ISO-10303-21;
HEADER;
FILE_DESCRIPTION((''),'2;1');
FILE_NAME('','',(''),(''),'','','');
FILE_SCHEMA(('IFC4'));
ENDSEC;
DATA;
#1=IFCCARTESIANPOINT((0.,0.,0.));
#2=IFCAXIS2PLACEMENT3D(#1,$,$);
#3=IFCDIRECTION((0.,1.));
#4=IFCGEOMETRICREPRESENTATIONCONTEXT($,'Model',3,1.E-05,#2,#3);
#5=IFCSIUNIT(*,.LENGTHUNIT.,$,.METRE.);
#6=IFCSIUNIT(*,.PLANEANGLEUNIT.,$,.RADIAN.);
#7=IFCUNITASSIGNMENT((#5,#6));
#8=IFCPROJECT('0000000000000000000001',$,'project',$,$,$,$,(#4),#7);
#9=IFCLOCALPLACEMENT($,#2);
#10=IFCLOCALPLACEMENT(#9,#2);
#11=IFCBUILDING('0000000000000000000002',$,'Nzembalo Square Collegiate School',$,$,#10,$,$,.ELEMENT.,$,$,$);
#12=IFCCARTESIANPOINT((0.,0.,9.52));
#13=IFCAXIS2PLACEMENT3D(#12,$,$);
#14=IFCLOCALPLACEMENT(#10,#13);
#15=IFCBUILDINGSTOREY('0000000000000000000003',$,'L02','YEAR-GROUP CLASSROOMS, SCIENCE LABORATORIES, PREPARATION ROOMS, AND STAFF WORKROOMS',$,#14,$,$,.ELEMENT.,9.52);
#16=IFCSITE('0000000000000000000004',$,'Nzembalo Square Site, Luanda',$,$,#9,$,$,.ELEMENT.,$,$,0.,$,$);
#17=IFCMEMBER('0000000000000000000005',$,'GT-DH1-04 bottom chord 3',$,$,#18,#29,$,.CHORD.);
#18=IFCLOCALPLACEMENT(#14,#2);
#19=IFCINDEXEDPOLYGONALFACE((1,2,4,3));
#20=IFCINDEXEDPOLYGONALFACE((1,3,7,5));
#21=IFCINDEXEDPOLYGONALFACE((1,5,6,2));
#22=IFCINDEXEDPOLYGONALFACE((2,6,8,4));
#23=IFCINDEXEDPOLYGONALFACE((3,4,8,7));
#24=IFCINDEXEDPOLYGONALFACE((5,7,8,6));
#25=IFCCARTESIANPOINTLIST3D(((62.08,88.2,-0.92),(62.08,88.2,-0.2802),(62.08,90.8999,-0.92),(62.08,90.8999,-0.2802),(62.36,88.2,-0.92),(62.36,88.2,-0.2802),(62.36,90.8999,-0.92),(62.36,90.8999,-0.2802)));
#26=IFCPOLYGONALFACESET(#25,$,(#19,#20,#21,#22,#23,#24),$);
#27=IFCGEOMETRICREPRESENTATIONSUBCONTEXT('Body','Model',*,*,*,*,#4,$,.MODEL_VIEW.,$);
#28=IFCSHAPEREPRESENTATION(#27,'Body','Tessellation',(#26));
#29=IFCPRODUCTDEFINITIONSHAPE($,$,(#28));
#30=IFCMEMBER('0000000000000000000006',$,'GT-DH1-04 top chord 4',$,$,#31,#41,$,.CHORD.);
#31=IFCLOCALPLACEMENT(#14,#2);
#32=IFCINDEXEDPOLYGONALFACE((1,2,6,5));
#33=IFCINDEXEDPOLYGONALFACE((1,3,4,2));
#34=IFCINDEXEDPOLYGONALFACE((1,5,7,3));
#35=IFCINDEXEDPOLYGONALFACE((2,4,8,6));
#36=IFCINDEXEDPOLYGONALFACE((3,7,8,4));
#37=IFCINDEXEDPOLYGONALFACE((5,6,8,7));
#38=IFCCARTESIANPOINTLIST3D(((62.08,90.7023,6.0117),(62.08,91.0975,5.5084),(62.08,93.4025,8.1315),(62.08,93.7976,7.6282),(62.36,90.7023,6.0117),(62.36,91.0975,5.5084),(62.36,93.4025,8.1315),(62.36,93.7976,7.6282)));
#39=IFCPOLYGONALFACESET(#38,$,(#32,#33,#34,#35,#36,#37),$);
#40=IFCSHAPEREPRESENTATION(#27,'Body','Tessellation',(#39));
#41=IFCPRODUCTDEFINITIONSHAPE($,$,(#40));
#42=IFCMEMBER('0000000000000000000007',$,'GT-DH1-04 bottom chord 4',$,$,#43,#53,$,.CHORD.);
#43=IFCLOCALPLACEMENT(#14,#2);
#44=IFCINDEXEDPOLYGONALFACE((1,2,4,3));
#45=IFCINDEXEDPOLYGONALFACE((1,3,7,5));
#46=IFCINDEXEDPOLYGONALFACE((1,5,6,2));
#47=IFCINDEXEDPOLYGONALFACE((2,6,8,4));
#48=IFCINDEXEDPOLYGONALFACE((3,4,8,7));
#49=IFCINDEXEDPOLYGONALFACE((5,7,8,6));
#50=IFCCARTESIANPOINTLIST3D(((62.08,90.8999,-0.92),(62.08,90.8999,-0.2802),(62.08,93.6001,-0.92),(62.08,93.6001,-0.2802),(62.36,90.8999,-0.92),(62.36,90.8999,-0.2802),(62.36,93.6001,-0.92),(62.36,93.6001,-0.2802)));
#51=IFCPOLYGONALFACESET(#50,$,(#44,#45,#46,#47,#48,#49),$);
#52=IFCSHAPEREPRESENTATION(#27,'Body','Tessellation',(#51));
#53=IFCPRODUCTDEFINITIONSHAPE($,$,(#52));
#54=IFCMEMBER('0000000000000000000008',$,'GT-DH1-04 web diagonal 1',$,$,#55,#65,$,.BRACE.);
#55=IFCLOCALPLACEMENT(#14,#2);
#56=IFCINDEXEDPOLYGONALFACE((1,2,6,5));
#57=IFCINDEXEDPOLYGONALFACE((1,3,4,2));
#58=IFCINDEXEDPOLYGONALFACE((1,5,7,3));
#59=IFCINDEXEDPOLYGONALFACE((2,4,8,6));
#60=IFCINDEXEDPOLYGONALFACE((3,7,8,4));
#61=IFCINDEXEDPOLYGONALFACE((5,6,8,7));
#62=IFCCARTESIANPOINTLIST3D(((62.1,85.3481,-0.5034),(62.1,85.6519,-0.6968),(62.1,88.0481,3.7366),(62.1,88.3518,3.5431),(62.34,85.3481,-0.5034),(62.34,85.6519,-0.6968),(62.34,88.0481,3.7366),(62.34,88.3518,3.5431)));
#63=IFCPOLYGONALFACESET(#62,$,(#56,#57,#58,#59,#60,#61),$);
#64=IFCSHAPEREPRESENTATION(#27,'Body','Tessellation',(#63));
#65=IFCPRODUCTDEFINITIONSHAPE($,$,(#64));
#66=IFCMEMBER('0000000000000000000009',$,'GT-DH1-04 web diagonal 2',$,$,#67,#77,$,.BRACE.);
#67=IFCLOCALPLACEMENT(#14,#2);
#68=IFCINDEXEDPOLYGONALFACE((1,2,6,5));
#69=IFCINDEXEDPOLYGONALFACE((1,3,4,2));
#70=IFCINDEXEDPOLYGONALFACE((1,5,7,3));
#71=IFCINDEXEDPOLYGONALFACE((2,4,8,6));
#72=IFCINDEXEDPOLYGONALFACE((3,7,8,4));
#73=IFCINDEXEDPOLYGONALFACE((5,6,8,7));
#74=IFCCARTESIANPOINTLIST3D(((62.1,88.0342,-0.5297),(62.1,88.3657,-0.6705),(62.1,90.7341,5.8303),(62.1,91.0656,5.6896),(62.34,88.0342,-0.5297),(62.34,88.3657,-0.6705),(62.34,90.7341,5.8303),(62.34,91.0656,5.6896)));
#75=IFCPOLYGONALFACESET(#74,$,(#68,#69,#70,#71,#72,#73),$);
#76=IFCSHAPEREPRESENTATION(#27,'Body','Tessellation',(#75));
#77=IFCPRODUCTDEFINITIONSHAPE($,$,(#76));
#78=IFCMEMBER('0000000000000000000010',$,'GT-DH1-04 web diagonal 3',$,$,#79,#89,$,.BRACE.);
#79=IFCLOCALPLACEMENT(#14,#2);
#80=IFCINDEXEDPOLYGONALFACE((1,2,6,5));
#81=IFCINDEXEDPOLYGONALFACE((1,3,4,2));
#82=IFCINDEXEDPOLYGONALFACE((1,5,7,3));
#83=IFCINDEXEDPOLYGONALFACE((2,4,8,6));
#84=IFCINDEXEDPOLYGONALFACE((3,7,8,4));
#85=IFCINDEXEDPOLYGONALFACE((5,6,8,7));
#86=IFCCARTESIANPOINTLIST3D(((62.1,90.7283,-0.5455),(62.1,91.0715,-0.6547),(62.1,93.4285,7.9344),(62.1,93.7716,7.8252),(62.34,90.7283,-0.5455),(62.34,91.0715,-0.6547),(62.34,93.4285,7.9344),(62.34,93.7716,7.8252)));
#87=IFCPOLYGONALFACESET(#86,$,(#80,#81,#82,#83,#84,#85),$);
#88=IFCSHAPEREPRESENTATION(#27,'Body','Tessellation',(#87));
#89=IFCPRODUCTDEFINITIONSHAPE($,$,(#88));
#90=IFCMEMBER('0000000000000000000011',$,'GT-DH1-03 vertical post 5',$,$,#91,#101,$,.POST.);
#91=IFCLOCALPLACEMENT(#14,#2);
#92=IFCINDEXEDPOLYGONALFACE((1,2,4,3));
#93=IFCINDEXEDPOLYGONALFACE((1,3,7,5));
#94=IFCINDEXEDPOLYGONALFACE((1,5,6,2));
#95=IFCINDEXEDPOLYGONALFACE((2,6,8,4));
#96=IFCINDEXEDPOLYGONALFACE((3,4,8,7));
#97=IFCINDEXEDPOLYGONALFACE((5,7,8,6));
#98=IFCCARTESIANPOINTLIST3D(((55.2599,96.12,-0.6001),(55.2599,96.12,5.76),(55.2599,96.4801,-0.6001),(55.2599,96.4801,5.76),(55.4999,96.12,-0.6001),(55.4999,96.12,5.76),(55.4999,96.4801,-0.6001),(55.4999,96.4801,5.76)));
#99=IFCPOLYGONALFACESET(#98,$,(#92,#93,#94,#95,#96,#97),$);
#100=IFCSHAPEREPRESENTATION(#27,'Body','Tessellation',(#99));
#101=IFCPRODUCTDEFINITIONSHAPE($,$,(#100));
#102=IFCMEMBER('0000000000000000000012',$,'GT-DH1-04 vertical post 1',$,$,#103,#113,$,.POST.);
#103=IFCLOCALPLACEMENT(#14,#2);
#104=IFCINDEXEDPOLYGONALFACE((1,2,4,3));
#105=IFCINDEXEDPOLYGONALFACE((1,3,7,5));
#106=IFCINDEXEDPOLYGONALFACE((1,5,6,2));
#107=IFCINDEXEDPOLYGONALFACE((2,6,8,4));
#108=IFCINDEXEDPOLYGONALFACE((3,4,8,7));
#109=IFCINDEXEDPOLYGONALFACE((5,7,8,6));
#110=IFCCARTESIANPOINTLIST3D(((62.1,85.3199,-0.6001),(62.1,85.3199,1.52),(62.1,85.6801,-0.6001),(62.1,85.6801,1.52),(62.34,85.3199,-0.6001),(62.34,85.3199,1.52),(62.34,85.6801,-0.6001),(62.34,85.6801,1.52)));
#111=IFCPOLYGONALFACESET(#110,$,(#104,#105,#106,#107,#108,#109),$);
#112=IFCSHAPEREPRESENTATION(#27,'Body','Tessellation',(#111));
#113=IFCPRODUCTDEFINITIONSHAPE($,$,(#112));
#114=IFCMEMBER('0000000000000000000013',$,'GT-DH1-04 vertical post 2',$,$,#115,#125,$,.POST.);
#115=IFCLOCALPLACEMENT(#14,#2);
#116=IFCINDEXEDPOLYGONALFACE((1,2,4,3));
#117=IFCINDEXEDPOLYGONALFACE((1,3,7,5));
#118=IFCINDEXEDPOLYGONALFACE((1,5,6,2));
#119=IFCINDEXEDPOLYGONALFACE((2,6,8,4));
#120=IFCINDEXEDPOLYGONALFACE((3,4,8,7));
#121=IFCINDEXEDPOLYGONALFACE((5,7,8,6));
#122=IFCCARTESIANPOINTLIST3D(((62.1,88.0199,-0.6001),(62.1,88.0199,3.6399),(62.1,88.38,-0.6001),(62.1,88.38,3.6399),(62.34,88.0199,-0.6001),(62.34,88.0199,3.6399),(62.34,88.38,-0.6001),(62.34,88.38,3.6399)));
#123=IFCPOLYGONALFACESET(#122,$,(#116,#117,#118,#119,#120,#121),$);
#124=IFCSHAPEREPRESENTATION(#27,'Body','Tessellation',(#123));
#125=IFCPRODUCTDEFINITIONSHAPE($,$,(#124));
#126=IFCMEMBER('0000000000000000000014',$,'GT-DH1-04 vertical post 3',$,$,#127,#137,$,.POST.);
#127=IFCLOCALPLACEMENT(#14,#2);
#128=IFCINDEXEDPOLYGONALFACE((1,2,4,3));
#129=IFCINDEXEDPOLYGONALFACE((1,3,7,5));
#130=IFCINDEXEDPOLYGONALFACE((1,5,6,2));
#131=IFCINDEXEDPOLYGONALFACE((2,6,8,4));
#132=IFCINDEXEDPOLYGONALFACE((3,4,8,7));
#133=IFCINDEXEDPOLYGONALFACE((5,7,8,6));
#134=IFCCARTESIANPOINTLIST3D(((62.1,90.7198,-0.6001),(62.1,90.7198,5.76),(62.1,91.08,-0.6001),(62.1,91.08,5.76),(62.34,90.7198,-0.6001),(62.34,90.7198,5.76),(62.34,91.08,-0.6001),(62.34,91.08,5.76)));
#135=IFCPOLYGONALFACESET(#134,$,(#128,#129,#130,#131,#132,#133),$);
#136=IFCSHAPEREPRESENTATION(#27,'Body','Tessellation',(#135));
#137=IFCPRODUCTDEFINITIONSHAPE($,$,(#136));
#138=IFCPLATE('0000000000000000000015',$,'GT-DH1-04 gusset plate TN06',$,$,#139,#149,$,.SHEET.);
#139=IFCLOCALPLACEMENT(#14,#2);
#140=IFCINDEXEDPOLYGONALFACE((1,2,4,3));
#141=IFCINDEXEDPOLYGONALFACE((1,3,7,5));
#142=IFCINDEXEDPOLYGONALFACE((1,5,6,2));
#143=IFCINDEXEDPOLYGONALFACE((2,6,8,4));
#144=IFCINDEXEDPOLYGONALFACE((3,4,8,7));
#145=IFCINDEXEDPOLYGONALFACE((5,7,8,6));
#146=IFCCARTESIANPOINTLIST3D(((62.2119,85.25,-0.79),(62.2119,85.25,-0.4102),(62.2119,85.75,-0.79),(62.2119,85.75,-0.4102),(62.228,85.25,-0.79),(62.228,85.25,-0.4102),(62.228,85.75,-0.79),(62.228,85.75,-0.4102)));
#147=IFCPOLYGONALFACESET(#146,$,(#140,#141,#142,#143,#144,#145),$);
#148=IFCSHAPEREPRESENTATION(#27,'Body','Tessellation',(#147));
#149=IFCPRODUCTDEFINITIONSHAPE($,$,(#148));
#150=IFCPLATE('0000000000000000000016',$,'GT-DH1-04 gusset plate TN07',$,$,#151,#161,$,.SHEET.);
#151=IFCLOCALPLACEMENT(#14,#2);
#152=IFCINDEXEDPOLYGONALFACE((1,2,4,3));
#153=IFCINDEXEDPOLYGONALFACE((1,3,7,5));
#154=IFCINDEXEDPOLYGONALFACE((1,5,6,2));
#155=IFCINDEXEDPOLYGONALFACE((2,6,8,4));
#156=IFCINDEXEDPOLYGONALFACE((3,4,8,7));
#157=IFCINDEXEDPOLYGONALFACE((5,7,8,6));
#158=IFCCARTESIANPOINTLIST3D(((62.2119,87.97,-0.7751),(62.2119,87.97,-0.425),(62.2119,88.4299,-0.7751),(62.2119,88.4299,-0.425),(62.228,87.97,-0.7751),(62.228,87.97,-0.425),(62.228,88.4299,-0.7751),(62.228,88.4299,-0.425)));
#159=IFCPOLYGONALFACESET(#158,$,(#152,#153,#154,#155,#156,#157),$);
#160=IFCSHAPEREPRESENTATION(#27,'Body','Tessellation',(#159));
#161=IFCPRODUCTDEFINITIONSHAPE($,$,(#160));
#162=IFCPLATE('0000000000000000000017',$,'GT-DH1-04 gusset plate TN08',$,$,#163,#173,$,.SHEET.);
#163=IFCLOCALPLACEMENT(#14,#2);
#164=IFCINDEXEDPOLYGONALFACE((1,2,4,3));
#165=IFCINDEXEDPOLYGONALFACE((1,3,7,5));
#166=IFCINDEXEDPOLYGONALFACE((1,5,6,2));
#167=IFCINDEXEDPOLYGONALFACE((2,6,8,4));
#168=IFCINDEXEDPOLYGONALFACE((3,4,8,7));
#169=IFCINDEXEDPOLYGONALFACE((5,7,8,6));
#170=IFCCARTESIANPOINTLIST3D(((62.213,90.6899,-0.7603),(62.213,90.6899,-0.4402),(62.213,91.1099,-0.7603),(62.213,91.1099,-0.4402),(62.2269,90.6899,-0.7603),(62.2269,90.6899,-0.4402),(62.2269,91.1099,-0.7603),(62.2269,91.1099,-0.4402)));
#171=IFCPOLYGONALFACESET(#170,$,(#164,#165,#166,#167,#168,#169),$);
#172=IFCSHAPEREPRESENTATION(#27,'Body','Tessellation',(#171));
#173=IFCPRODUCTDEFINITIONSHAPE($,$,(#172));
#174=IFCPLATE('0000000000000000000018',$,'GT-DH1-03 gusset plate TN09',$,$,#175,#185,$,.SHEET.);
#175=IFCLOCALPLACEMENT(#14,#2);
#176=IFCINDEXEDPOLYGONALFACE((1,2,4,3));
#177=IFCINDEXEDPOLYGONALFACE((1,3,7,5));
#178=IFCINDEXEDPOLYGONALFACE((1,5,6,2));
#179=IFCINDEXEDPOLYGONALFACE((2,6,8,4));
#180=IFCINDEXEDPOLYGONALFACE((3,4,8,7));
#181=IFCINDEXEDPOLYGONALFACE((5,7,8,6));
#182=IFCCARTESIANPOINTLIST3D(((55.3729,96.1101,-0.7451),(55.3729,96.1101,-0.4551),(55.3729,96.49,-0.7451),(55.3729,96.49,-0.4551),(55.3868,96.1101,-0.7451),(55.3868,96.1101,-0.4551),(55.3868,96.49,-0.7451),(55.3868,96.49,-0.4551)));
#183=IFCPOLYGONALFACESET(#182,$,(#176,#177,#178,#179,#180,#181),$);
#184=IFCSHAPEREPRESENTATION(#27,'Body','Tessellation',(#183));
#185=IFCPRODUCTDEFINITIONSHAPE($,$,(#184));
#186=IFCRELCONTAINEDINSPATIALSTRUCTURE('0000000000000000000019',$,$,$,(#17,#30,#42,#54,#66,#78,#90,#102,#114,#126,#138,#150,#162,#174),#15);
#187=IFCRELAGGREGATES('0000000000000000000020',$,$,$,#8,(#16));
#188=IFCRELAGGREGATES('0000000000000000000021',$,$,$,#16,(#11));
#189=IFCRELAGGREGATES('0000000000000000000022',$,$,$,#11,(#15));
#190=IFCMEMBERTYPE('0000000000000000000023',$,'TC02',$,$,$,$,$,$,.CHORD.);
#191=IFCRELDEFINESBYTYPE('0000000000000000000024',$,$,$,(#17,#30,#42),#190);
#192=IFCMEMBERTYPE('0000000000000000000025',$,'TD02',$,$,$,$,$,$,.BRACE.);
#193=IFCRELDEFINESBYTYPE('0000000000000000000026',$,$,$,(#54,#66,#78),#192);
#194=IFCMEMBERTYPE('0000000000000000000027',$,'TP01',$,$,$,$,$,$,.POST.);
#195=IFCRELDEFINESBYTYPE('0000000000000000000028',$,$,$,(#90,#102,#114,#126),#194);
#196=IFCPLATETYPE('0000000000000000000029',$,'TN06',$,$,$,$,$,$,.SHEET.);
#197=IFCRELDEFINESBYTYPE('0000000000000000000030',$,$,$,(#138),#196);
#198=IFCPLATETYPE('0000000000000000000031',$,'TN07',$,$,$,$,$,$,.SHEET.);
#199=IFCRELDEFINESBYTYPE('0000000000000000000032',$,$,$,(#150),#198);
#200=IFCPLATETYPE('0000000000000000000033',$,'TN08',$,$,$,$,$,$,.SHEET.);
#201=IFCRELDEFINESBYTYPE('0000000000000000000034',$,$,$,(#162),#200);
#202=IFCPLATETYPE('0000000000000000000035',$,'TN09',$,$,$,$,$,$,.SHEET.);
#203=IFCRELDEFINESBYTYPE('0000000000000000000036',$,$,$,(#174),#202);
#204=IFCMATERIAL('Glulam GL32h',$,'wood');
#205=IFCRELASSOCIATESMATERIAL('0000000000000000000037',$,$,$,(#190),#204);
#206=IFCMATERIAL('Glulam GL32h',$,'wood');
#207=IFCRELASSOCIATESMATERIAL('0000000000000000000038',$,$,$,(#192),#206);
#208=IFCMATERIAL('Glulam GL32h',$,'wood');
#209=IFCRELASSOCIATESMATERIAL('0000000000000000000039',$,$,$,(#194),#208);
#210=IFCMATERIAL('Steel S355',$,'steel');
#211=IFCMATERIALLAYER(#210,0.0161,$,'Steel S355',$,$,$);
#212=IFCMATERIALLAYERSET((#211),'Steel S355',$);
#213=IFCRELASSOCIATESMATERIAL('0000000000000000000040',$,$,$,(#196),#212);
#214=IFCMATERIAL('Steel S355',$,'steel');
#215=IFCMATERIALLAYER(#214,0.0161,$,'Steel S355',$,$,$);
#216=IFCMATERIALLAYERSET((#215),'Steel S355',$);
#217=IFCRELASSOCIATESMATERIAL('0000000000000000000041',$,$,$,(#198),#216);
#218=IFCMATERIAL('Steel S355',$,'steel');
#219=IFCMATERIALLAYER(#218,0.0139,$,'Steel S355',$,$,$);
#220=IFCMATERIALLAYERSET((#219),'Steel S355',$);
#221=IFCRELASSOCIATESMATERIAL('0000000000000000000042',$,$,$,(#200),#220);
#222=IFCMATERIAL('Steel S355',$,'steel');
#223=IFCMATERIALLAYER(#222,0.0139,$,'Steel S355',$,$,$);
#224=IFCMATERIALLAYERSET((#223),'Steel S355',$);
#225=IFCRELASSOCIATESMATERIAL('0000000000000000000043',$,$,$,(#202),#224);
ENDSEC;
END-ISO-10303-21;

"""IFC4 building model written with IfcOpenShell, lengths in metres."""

from ifc_helpers import new_model, si_unit, direction, frame, origin, origin_2d, place, context, subcontext, project, spatial, rectangle, extrude, material, layer, layer_set, material_profile, profile_set, type_object, element, save


model = new_model("IFC4")

# Units and contexts
model_context = context("Model", 3, precision=1e-05, world=origin(), true_north=direction((0.0, 1.0)))
body_context = subcontext(model_context, "Body", "Model", "MODEL_VIEW")
ifc_project = project(units=[si_unit("LENGTHUNIT", "METRE"), si_unit("PLANEANGLEUNIT", "RADIAN")], contexts=[model_context])

# Site, building, storey
site_placement = place(None, origin())
site = spatial("IfcSite", under=ifc_project, at=site_placement, Name="Nzembalo Square Site, Luanda", CompositionType="ELEMENT", RefElevation=0.0)
building_placement = place(site_placement, origin())
building = spatial("IfcBuilding", under=site, at=building_placement, Name="Nzembalo Square Collegiate School", CompositionType="ELEMENT")
storey_placement = place(building_placement, frame((0.0, 0.0, 9.52)))
storey = spatial("IfcBuildingStorey", under=building, at=storey_placement, Name="L02", Description="YEAR-GROUP CLASSROOMS, SCIENCE LABORATORIES, PREPARATION ROOMS, AND STAFF WORKROOMS", CompositionType="ELEMENT", Elevation=9.52)

# Members
ifc_material_1 = material(Name="Glulam GL32h", Category="wood")
ifc_material_profile_1 = material_profile(ifc_material_1, rectangle(XDim=0.28, YDim=0.6399, at=origin_2d()), Name="GL32h 280x640")
ifc_profile_set_1 = profile_set([ifc_material_profile_1], Name="Glulam GL32h")
member_type_1 = type_object("IfcMemberType", Name="TC02", PredefinedType="CHORD", material=ifc_profile_set_1)
member_1_placement = place(storey_placement, frame((62.22, 88.2, -0.6001), z_axis=(0.0, 1.0, 0.0), x_axis=(-1.0, 0.0, 0.0)))
element("IfcMember", 1, at=member_1_placement, inside=storey, type_object=member_type_1, Name="GT-DH1-04 bottom chord 3", PredefinedType="CHORD", context=body_context, shape_type="SweptSolid", body=[
    extrude(rectangle(XDim=0.28, YDim=0.6399, at=origin_2d()), origin(), (0.0, 0.0, 1.0), 2.7),
])
member_2_placement = place(storey_placement, frame((62.22, 90.8999, 5.76), z_axis=(0.0, 0.78656, 0.617514), x_axis=(-1.0, 0.0, 0.0)))
element("IfcMember", 2, at=member_2_placement, inside=storey, type_object=member_type_1, Name="GT-DH1-04 top chord 4", PredefinedType="CHORD", context=body_context, shape_type="SweptSolid", body=[
    extrude(rectangle(XDim=0.28, YDim=0.6399, at=origin_2d()), origin(), (0.0, 0.0, 1.0), 3.4329),
])
member_3_placement = place(storey_placement, frame((62.22, 90.8999, -0.6001), z_axis=(0.0, 1.0, 0.0), x_axis=(-1.0, 0.0, 0.0)))
element("IfcMember", 3, at=member_3_placement, inside=storey, type_object=member_type_1, Name="GT-DH1-04 bottom chord 4", PredefinedType="CHORD", context=body_context, shape_type="SweptSolid", body=[
    extrude(rectangle(XDim=0.28, YDim=0.6399, at=origin_2d()), origin(), (0.0, 0.0, 1.0), 2.7002),
])
ifc_material_2 = material(Name="Glulam GL32h", Category="wood")
ifc_material_profile_2 = material_profile(ifc_material_2, rectangle(XDim=0.24, YDim=0.3601, at=origin_2d()), Name="GL32h 240x360")
ifc_profile_set_2 = profile_set([ifc_material_profile_2], Name="Glulam GL32h")
member_type_2 = type_object("IfcMemberType", Name="TD02", PredefinedType="BRACE", material=ifc_profile_set_2)
member_4_placement = place(storey_placement, frame((62.22, 85.5, -0.6001), z_axis=(0.0, 0.537127, 0.843501), x_axis=(-1.0, 0.0, 0.0)))
element("IfcMember", 4, at=member_4_placement, inside=storey, type_object=member_type_2, Name="GT-DH1-04 web diagonal 1", PredefinedType="BRACE", context=body_context, shape_type="SweptSolid", body=[
    extrude(rectangle(XDim=0.24, YDim=0.3601, at=origin_2d()), origin(), (0.0, 0.0, 1.0), 5.0266),
])
member_5_placement = place(storey_placement, frame((62.22, 88.2, -0.6001), z_axis=(0.0, 0.390761, 0.920492), x_axis=(-1.0, 0.0, 0.0)))
element("IfcMember", 5, at=member_5_placement, inside=storey, type_object=member_type_2, Name="GT-DH1-04 web diagonal 2", PredefinedType="BRACE", context=body_context, shape_type="SweptSolid", body=[
    extrude(rectangle(XDim=0.24, YDim=0.3601, at=origin_2d()), origin(), (0.0, 0.0, 1.0), 6.9094),
])
member_6_placement = place(storey_placement, frame((62.22, 90.8999, -0.6001), z_axis=(0.0, 0.30341, 0.95286), x_axis=(-1.0, 0.0, 0.0)))
element("IfcMember", 6, at=member_6_placement, inside=storey, type_object=member_type_2, Name="GT-DH1-04 web diagonal 3", PredefinedType="BRACE", context=body_context, shape_type="SweptSolid", body=[
    extrude(rectangle(XDim=0.24, YDim=0.3601, at=origin_2d()), origin(), (0.0, 0.0, 1.0), 8.8994),
])
ifc_material_3 = material(Name="Glulam GL32h", Category="wood")
ifc_material_profile_3 = material_profile(ifc_material_3, rectangle(XDim=0.24, YDim=0.3601, at=origin_2d()), Name="GL32h 240x360")
ifc_profile_set_3 = profile_set([ifc_material_profile_3], Name="Glulam GL32h")
member_type_3 = type_object("IfcMemberType", Name="TP01", PredefinedType="POST", material=ifc_profile_set_3)
member_7_placement = place(storey_placement, frame((55.3799, 96.3, -0.6001), z_axis=(0.0, 0.0, 1.0), x_axis=(1.0, 0.0, 0.0)))
element("IfcMember", 7, at=member_7_placement, inside=storey, type_object=member_type_3, Name="GT-DH1-03 vertical post 5", PredefinedType="POST", context=body_context, shape_type="SweptSolid", body=[
    extrude(rectangle(XDim=0.24, YDim=0.3601, at=origin_2d()), origin(), (0.0, 0.0, 1.0), 6.3601),
])
member_8_placement = place(storey_placement, frame((62.22, 85.5, -0.6001), z_axis=(0.0, 0.0, 1.0), x_axis=(1.0, 0.0, 0.0)))
element("IfcMember", 8, at=member_8_placement, inside=storey, type_object=member_type_3, Name="GT-DH1-04 vertical post 1", PredefinedType="POST", context=body_context, shape_type="SweptSolid", body=[
    extrude(rectangle(XDim=0.24, YDim=0.3601, at=origin_2d()), origin(), (0.0, 0.0, 1.0), 2.1201),
])
member_9_placement = place(storey_placement, frame((62.22, 88.2, -0.6001), z_axis=(0.0, 0.0, 1.0), x_axis=(1.0, 0.0, 0.0)))
element("IfcMember", 9, at=member_9_placement, inside=storey, type_object=member_type_3, Name="GT-DH1-04 vertical post 2", PredefinedType="POST", context=body_context, shape_type="SweptSolid", body=[
    extrude(rectangle(XDim=0.24, YDim=0.3601, at=origin_2d()), origin(), (0.0, 0.0, 1.0), 4.24),
])
member_10_placement = place(storey_placement, frame((62.22, 90.8999, -0.6001), z_axis=(0.0, 0.0, 1.0), x_axis=(1.0, 0.0, 0.0)))
element("IfcMember", 10, at=member_10_placement, inside=storey, type_object=member_type_3, Name="GT-DH1-04 vertical post 3", PredefinedType="POST", context=body_context, shape_type="SweptSolid", body=[
    extrude(rectangle(XDim=0.24, YDim=0.3601, at=origin_2d()), origin(), (0.0, 0.0, 1.0), 6.3601),
])

# Plates
ifc_material_4 = material(Name="Steel S355", Category="steel")
ifc_layer_1 = layer(ifc_material_4, 0.0161, Name="Steel S355")
ifc_layer_set_1 = layer_set([ifc_layer_1], Name="Steel S355")
plate_type_1 = type_object("IfcPlateType", Name="TN06", PredefinedType="SHEET", material=ifc_layer_set_1)
plate_1_placement = place(storey_placement, frame((62.22, 85.5, -0.79), z_axis=(0.0, 0.0, 1.0), x_axis=(0.0, 1.0, 0.0)))
element("IfcPlate", 11, at=plate_1_placement, inside=storey, type_object=plate_type_1, Name="GT-DH1-04 gusset plate TN06", PredefinedType="SHEET", context=body_context, shape_type="SweptSolid", body=[
    extrude(rectangle(XDim=0.5, YDim=0.0161, at=origin_2d()), origin(), (0.0, 0.0, 1.0), 0.3799),
])
ifc_material_5 = material(Name="Steel S355", Category="steel")
ifc_layer_2 = layer(ifc_material_5, 0.0161, Name="Steel S355")
ifc_layer_set_2 = layer_set([ifc_layer_2], Name="Steel S355")
plate_type_2 = type_object("IfcPlateType", Name="TN07", PredefinedType="SHEET", material=ifc_layer_set_2)
plate_2_placement = place(storey_placement, frame((62.22, 88.2, -0.7751), z_axis=(0.0, 0.0, 1.0), x_axis=(0.0, 1.0, 0.0)))
element("IfcPlate", 12, at=plate_2_placement, inside=storey, type_object=plate_type_2, Name="GT-DH1-04 gusset plate TN07", PredefinedType="SHEET", context=body_context, shape_type="SweptSolid", body=[
    extrude(rectangle(XDim=0.46, YDim=0.0161, at=origin_2d()), origin(), (0.0, 0.0, 1.0), 0.3501),
])
ifc_material_6 = material(Name="Steel S355", Category="steel")
ifc_layer_3 = layer(ifc_material_6, 0.0139, Name="Steel S355")
ifc_layer_set_3 = layer_set([ifc_layer_3], Name="Steel S355")
plate_type_3 = type_object("IfcPlateType", Name="TN08", PredefinedType="SHEET", material=ifc_layer_set_3)
plate_3_placement = place(storey_placement, frame((62.22, 90.8999, -0.7603), z_axis=(0.0, 0.0, 1.0), x_axis=(0.0, 1.0, 0.0)))
element("IfcPlate", 13, at=plate_3_placement, inside=storey, type_object=plate_type_3, Name="GT-DH1-04 gusset plate TN08", PredefinedType="SHEET", context=body_context, shape_type="SweptSolid", body=[
    extrude(rectangle(XDim=0.4199, YDim=0.0139, at=origin_2d()), origin(), (0.0, 0.0, 1.0), 0.3201),
])
ifc_material_7 = material(Name="Steel S355", Category="steel")
ifc_layer_4 = layer(ifc_material_7, 0.0139, Name="Steel S355")
ifc_layer_set_4 = layer_set([ifc_layer_4], Name="Steel S355")
plate_type_4 = type_object("IfcPlateType", Name="TN09", PredefinedType="SHEET", material=ifc_layer_set_4)
plate_4_placement = place(storey_placement, frame((55.3799, 96.3, -0.7451), z_axis=(0.0, 0.0, 1.0), x_axis=(0.0, 1.0, 0.0)))
element("IfcPlate", 14, at=plate_4_placement, inside=storey, type_object=plate_type_4, Name="GT-DH1-03 gusset plate TN09", PredefinedType="SHEET", context=body_context, shape_type="SweptSolid", body=[
    extrude(rectangle(XDim=0.3799, YDim=0.0139, at=origin_2d()), origin(), (0.0, 0.0, 1.0), 0.29),
])

save(model, "model.ifc")
